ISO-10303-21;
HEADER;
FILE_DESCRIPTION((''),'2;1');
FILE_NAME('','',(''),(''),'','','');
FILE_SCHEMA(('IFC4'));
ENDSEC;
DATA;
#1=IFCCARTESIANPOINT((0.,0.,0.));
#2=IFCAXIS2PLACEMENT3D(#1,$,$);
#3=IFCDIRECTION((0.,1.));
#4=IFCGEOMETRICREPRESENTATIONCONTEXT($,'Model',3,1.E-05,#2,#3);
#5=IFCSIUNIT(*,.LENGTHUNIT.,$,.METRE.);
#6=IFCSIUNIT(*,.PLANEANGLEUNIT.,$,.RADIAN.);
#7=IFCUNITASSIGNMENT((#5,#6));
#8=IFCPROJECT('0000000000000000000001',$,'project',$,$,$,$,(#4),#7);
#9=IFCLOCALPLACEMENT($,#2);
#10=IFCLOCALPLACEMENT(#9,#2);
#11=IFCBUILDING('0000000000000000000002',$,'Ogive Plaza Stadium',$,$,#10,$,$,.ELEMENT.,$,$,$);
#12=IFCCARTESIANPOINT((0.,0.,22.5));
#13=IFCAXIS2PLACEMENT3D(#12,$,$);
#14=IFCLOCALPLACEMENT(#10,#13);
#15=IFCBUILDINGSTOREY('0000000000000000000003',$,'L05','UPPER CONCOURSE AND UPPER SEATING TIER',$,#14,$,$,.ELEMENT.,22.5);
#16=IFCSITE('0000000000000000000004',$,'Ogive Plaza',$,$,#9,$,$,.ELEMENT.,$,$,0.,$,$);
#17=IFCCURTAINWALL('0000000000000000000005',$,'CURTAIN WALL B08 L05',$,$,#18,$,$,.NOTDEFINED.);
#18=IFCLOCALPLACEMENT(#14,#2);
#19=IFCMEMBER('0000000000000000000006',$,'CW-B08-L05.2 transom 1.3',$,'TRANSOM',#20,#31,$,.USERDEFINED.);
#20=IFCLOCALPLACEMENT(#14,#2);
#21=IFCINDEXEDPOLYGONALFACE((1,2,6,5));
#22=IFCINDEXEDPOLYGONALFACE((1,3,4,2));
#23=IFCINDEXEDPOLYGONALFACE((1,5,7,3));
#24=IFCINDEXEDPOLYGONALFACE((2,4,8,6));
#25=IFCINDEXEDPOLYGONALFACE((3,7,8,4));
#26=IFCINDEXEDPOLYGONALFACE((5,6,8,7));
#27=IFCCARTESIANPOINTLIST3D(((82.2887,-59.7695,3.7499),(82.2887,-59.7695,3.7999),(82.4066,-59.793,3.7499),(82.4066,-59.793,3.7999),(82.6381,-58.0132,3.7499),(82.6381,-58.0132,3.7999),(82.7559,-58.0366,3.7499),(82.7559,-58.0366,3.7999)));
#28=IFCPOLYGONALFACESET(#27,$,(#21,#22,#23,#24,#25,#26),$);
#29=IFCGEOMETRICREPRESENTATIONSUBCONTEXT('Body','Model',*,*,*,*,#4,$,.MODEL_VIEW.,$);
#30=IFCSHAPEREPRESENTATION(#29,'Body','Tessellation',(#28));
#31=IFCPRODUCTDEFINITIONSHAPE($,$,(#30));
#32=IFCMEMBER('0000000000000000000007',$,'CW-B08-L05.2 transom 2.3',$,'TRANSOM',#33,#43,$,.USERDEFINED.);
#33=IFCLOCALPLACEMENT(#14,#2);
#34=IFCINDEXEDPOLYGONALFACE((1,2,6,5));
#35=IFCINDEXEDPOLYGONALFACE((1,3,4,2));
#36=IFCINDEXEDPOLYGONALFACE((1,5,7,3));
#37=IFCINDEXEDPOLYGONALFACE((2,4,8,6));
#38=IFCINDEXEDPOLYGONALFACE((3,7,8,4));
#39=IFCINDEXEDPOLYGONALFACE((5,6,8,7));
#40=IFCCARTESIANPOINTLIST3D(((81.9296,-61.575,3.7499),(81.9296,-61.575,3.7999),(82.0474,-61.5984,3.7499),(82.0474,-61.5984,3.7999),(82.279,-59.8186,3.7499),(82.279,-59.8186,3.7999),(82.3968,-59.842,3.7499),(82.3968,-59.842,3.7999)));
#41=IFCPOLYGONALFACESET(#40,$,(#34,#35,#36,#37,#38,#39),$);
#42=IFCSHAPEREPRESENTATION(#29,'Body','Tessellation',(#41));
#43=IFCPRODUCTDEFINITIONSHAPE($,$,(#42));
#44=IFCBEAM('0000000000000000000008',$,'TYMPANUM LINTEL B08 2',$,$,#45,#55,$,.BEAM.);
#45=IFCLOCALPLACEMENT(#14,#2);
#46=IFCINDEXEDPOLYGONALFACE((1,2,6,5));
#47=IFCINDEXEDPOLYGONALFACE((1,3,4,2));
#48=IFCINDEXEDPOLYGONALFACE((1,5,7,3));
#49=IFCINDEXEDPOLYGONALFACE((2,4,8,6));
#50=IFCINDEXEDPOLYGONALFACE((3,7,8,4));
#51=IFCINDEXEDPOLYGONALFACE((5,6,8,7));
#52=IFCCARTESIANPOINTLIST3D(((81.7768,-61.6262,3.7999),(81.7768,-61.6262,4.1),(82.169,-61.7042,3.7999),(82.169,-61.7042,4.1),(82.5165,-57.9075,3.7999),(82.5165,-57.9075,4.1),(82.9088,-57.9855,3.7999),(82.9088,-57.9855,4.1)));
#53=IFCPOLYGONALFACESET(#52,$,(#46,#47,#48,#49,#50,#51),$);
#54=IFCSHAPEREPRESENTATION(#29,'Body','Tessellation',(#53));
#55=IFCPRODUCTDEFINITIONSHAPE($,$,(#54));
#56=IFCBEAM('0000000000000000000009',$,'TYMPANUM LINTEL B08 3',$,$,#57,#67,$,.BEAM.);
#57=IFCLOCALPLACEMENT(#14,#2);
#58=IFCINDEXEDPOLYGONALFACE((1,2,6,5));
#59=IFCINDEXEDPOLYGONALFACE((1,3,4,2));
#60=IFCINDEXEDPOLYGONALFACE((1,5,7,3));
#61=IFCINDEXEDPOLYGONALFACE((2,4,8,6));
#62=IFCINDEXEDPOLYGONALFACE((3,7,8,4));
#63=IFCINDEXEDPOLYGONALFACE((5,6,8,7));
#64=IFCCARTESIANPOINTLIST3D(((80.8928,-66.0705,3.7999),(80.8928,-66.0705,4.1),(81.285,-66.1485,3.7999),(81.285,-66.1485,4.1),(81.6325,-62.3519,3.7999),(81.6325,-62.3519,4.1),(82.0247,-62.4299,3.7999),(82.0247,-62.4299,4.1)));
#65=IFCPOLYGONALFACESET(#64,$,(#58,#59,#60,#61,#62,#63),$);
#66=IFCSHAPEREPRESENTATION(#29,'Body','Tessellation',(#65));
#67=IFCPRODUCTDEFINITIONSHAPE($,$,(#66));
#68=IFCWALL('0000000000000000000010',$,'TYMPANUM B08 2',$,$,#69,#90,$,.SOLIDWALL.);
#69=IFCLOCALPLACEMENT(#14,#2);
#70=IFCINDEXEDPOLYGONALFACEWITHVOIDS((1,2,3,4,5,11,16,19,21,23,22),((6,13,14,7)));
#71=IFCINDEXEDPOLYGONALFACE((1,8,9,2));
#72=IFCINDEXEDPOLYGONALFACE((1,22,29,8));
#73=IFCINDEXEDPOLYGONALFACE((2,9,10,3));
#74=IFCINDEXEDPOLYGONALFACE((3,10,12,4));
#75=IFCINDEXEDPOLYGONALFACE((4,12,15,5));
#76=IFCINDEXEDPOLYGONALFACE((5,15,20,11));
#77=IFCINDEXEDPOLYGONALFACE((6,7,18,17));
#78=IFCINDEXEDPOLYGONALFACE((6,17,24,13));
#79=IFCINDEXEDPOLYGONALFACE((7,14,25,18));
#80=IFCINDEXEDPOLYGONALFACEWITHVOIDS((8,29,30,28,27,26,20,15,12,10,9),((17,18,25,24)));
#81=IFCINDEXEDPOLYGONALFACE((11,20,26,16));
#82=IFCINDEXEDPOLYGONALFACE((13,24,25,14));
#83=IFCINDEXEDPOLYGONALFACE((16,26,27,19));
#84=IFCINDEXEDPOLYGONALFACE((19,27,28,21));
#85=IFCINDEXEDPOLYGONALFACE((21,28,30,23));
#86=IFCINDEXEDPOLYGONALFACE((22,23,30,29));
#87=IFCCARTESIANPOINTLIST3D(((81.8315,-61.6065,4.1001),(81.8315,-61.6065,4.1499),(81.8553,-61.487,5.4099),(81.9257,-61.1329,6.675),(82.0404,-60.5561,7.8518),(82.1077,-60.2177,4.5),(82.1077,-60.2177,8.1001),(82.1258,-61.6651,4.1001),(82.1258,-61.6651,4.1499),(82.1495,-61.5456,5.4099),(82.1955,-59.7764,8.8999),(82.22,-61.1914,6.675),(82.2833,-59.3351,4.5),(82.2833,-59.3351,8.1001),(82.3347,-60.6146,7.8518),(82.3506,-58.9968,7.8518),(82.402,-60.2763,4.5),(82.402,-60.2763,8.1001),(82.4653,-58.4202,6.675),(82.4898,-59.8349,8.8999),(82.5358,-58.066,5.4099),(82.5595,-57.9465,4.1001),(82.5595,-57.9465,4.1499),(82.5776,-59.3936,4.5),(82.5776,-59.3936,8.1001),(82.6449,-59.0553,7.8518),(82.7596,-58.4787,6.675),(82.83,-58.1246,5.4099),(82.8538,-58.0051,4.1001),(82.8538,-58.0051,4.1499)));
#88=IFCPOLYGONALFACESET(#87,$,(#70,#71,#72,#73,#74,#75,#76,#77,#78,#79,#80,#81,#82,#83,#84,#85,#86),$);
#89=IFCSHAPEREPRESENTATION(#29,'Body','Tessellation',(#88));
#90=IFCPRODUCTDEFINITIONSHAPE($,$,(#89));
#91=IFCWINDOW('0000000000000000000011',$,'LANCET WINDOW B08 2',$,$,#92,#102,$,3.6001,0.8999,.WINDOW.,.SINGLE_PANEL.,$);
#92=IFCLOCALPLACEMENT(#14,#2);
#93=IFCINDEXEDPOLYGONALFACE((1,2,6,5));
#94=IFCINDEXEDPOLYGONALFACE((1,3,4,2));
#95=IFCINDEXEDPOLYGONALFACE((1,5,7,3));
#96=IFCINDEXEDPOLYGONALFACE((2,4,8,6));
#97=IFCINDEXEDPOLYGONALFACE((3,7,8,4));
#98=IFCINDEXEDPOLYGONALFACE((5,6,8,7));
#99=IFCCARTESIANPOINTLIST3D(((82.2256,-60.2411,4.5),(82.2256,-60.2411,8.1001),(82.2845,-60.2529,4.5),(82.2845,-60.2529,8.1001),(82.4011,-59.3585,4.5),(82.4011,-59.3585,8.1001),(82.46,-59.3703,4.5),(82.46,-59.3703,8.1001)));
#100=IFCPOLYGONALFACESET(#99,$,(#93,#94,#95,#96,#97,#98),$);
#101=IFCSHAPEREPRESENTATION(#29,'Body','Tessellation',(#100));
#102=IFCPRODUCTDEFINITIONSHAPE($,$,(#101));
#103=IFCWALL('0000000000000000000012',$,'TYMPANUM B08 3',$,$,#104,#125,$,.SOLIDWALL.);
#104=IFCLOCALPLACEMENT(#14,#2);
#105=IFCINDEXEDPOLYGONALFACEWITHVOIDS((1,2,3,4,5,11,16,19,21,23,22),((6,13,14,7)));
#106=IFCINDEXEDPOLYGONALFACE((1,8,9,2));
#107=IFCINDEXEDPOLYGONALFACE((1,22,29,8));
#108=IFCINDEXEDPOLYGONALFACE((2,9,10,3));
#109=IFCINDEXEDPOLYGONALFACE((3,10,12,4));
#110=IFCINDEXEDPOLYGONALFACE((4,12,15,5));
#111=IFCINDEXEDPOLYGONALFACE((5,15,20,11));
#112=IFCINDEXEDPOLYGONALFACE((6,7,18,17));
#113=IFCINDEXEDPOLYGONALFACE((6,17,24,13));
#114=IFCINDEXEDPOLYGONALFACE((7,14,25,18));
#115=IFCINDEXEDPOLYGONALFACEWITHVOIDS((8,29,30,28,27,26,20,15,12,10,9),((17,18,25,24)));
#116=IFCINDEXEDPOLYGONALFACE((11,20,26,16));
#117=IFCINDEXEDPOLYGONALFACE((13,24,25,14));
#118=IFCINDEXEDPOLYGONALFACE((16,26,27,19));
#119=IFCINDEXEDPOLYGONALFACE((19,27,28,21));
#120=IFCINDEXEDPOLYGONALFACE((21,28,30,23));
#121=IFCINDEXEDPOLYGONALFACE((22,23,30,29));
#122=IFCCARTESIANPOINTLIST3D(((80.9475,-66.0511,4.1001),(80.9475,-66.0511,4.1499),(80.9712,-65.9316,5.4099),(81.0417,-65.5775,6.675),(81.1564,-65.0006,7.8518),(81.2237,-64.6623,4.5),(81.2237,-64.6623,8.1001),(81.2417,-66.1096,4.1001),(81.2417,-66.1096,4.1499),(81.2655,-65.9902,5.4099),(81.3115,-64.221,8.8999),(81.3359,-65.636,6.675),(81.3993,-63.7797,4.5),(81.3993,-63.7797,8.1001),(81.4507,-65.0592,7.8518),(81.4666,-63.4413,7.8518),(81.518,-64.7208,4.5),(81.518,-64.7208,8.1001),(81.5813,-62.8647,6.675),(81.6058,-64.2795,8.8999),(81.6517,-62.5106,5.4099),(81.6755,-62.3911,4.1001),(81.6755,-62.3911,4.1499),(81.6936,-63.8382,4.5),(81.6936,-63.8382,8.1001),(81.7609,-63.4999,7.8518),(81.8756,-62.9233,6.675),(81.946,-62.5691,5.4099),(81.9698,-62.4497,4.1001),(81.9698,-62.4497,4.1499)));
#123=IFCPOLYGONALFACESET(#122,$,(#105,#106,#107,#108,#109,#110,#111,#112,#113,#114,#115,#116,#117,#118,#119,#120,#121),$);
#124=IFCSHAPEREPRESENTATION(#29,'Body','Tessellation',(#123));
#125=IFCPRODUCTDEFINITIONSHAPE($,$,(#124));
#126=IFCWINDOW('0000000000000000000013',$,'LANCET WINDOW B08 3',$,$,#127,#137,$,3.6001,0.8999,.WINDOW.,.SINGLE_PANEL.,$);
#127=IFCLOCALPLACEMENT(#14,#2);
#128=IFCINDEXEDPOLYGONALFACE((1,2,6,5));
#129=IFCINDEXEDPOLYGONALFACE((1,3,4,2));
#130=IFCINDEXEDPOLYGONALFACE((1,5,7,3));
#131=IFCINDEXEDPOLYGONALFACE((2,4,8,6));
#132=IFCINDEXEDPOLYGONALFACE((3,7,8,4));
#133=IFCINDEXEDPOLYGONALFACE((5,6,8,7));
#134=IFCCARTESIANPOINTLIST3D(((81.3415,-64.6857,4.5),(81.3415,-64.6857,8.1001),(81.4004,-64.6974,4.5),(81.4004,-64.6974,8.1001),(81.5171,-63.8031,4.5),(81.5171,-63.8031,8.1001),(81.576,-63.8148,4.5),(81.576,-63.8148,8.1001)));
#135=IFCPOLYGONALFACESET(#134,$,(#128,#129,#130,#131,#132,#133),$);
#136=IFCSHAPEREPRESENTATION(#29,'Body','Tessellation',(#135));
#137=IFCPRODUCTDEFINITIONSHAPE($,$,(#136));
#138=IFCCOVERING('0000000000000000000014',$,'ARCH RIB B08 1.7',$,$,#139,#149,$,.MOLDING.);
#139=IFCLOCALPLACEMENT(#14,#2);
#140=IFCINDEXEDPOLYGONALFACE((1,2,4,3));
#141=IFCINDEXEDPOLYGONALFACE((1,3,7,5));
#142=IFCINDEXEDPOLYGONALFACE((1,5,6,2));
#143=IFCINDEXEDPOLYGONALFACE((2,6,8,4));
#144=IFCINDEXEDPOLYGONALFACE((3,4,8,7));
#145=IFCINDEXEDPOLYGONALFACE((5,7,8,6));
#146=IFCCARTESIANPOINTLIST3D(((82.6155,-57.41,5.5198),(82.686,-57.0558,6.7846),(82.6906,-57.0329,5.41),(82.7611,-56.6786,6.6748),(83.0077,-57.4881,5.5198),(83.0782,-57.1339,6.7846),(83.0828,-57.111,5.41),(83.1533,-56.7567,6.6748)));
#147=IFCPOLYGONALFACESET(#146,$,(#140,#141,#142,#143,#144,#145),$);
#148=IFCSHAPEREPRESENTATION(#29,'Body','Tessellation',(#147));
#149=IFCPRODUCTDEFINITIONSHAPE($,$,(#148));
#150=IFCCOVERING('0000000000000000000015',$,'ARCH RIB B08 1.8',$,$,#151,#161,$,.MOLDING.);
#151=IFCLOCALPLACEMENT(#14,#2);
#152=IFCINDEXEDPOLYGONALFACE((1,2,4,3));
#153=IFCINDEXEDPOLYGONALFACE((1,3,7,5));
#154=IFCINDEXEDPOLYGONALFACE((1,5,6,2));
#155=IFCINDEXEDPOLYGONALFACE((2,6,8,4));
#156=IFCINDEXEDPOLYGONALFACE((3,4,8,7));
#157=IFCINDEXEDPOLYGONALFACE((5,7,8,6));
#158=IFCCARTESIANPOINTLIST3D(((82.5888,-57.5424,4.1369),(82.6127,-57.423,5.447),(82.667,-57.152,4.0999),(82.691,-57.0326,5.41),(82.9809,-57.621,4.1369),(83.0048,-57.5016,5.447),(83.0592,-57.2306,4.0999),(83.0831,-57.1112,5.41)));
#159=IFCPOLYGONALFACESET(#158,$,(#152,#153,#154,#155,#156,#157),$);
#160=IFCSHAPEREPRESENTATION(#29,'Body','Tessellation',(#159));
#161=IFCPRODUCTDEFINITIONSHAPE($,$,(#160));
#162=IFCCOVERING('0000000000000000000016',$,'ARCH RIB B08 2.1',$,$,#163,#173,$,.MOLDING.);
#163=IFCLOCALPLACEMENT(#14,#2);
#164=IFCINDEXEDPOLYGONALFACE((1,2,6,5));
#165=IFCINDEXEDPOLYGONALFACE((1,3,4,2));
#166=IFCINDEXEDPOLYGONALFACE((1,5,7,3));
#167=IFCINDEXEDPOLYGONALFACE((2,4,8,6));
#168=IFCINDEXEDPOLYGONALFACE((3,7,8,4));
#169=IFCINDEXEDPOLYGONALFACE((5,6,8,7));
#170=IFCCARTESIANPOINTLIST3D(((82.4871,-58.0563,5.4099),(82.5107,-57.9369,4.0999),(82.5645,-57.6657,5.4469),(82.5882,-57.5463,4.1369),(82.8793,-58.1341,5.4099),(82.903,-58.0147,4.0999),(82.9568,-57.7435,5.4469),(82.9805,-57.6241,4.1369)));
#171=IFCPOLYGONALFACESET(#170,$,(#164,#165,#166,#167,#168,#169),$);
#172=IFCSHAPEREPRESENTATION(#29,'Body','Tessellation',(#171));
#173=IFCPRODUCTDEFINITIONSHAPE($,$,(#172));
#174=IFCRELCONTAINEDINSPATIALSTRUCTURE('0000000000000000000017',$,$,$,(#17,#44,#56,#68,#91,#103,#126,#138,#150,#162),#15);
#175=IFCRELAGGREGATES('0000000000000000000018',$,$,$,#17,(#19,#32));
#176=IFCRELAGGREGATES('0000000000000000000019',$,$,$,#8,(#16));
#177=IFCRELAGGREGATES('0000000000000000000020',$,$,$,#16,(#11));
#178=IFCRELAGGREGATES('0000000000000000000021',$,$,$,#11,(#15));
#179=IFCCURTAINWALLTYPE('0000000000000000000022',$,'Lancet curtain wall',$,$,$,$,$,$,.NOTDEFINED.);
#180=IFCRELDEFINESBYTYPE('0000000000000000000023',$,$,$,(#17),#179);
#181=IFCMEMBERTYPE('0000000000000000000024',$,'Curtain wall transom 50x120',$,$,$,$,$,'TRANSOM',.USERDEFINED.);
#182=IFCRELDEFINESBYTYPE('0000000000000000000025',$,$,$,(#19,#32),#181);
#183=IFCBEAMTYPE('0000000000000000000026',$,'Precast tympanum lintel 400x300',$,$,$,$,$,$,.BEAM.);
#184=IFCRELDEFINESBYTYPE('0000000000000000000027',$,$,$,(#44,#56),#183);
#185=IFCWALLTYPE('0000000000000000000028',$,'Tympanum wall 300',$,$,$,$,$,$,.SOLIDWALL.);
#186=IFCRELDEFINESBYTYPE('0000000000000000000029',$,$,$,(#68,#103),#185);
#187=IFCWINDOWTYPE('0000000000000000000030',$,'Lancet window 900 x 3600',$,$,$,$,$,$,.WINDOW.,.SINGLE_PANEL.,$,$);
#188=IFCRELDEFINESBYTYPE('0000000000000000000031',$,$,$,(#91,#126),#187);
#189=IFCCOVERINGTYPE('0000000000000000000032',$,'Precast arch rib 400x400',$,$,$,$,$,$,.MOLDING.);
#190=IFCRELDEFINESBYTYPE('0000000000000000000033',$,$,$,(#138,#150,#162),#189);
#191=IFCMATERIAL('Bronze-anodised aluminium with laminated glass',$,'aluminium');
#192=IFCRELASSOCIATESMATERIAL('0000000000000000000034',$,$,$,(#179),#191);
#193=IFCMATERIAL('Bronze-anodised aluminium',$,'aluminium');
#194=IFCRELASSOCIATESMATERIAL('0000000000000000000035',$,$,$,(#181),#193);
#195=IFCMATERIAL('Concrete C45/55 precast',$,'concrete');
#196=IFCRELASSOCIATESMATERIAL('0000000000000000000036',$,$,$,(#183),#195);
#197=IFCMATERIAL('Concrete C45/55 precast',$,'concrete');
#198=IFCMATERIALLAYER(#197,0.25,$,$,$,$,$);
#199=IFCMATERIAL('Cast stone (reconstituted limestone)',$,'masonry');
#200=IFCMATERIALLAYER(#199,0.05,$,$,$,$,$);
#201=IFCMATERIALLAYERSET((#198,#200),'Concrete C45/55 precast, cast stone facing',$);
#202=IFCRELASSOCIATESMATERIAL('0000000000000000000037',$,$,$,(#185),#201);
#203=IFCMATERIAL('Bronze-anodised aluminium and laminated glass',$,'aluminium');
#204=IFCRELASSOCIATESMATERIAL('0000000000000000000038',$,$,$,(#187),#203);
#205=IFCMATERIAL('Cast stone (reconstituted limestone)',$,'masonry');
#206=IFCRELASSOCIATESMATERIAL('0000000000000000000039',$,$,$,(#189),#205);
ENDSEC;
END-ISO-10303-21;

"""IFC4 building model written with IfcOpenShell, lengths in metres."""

from ifc_helpers import new_model, si_unit, direction, frame, frame_2d, origin, origin_2d, place, context, subcontext, project, spatial, polyline, rectangle, outline, extrude, material, layer, layer_set, material_profile, profile_set, type_object, element, fill, aggregate, save


model = new_model("IFC4")

# Units and contexts
model_context = context("Model", 3, precision=1e-05, world=origin(), true_north=direction((0.0, 1.0)))
body_context = subcontext(model_context, "Body", "Model", "MODEL_VIEW")
ifc_project = project(units=[si_unit("LENGTHUNIT", "METRE"), si_unit("PLANEANGLEUNIT", "RADIAN")], contexts=[model_context])

# Site, building, storey
site_placement = place(None, origin())
site = spatial("IfcSite", under=ifc_project, at=site_placement, Name="Ogive Plaza", CompositionType="ELEMENT", RefElevation=0.0)
building_placement = place(site_placement, origin())
building = spatial("IfcBuilding", under=site, at=building_placement, Name="Ogive Plaza Stadium", CompositionType="ELEMENT")
storey_placement = place(building_placement, frame((0.0, 0.0, 22.5)))
storey = spatial("IfcBuildingStorey", under=building, at=storey_placement, Name="L05", Description="UPPER CONCOURSE AND UPPER SEATING TIER", CompositionType="ELEMENT", Elevation=22.5)

# Curtain wall, members
ifc_material_1 = material(Name="Bronze-anodised aluminium with laminated glass", Category="aluminium")
curtain_wall_type = type_object("IfcCurtainWallType", Name="Lancet curtain wall", PredefinedType="NOTDEFINED", material=ifc_material_1)
curtain_wall_placement = place(storey_placement, origin())
curtain_wall = element("IfcCurtainWall", 1, at=curtain_wall_placement, inside=storey, type_object=curtain_wall_type, Name="CURTAIN WALL B08 L05", PredefinedType="NOTDEFINED")
ifc_material_2 = material(Name="Bronze-anodised aluminium", Category="aluminium")
ifc_material_profile_1 = material_profile(ifc_material_2, rectangle(XDim=0.1201, YDim=0.05, at=origin_2d()), Name="AL 120x50")
ifc_profile_set_1 = profile_set([ifc_material_profile_1], Name="Bronze-anodised aluminium")
member_type = type_object("IfcMemberType", Name="Curtain wall transom 50x120", ElementType="TRANSOM", PredefinedType="USERDEFINED", material=ifc_profile_set_1)
member_1_placement = place(storey_placement, frame((82.697, -58.0249, 3.7749), z_axis=(-0.195094, -0.980785, 0.0), x_axis=(0.980785, -0.195094, 0.0)))
member_1 = element("IfcMember", 2, at=member_1_placement, type_object=member_type, Name="CW-B08-L05.2 transom 1.3", ObjectType="TRANSOM", PredefinedType="USERDEFINED", context=body_context, shape_type="SweptSolid", body=[
    extrude(rectangle(XDim=0.1201, YDim=0.05, at=origin_2d()), origin(), (0.0, 0.0, 1.0), 1.7908),
])
member_2_placement = place(storey_placement, frame((82.3379, -59.8303, 3.7749), z_axis=(-0.195094, -0.980785, 0.0), x_axis=(0.980785, -0.195094, 0.0)))
member_2 = element("IfcMember", 3, at=member_2_placement, type_object=member_type, Name="CW-B08-L05.2 transom 2.3", ObjectType="TRANSOM", PredefinedType="USERDEFINED", context=body_context, shape_type="SweptSolid", body=[
    extrude(rectangle(XDim=0.1201, YDim=0.05, at=origin_2d()), origin(), (0.0, 0.0, 1.0), 1.7908),
])
aggregate(curtain_wall, [member_1, member_2])

# Beams
ifc_material_3 = material(Name="Concrete C45/55 precast", Category="concrete")
ifc_material_profile_2 = material_profile(ifc_material_3, rectangle(XDim=0.3999, YDim=0.3, at=origin_2d()), Name="RC 400x300")
ifc_profile_set_2 = profile_set([ifc_material_profile_2], Name="Concrete C45/55 precast")
beam_type = type_object("IfcBeamType", Name="Precast tympanum lintel 400x300", PredefinedType="BEAM", material=ifc_profile_set_2)
for number, where, z_axis, x_axis, name in (
    (4, (82.7126, -57.9465, 3.95), (-0.195101, -0.980783, 0.0), (0.980783, -0.195101, 0.0), "TYMPANUM LINTEL B08 2"),
    (5, (81.8286, -62.3909, 3.95), (-0.195101, -0.980783, 0.0), (0.980783, -0.195101, 0.0), "TYMPANUM LINTEL B08 3"),
):
    element("IfcBeam", number, at=place(storey_placement, frame(where, z_axis=z_axis, x_axis=x_axis)), inside=storey, type_object=beam_type, Name=name, PredefinedType="BEAM", context=body_context, shape_type="SweptSolid", body=[
        extrude(rectangle(XDim=0.3999, YDim=0.3, at=origin_2d()), origin(), (0.0, 0.0, 1.0), 3.7915),
    ])

# Walls, openings, windows
ifc_material_4 = material(Name="Concrete C45/55 precast", Category="concrete")
ifc_layer_1 = layer(ifc_material_4, 0.25)
ifc_material_5 = material(Name="Cast stone (reconstituted limestone)", Category="masonry")
ifc_layer_2 = layer(ifc_material_5, 0.05)
ifc_layer_set_1 = layer_set([ifc_layer_1, ifc_layer_2], Name="Concrete C45/55 precast, cast stone facing")
wall_type = type_object("IfcWallType", Name="Tympanum wall 300", PredefinedType="SOLIDWALL", material=ifc_layer_set_1)
wall_1_placement = place(storey_placement, frame((82.7068, -57.9758, 4.1001), z_axis=(0.0, 0.0, 1.0), x_axis=(-0.195097, -0.980784, 0.0)))
wall_1 = element("IfcWall", 6, at=wall_1_placement, inside=storey, type_object=wall_type, Name="TYMPANUM B08 2", PredefinedType="SOLIDWALL", context=body_context, shape_type="SweptSolid", body=[
    extrude(outline(polyline([(0.0, 0.0), (3.7317, 0.0), (3.7317, 0.0498), (3.6099, 1.3098), (3.2488, 2.575), (2.6606, 3.7517), (1.8657, 4.7998), (1.0708, 3.7517), (0.4829, 2.575), (0.1218, 1.3098), (0.0, 0.0498), (0.0, 0.0)])), frame((0.0, 0.1499, 0.0), z_axis=(0.0, -1.0, 0.0), x_axis=(1.0, 0.0, 0.0)), (0.0, 0.0, 1.0), 0.3),
])
opening_1_placement = place(wall_1_placement, frame((1.4158, 0.0, 0.3999)))
opening_1 = element("IfcOpeningElement", 7, at=opening_1_placement, cuts=wall_1, PredefinedType="OPENING", context=body_context, shape_type="SweptSolid", body=[
    extrude(rectangle(XDim=0.8999, YDim=3.6001, at=frame_2d((0.45, 1.8))), frame((0.0, 0.1602, 0.0), z_axis=(0.0, -1.0, 0.0), x_axis=(1.0, 0.0, 0.0)), (0.0, 0.0, 1.0), 0.3201),
])
ifc_material_6 = material(Name="Bronze-anodised aluminium and laminated glass", Category="aluminium")
window_type = type_object("IfcWindowType", Name="Lancet window 900 x 3600", PartitioningType="SINGLE_PANEL", PredefinedType="WINDOW", material=ifc_material_6)
window_1_placement = place(opening_1_placement, origin())
window_1 = element("IfcWindow", 8, at=window_1_placement, inside=storey, type_object=window_type, Name="LANCET WINDOW B08 2", OverallHeight=3.6001, OverallWidth=0.8999, PartitioningType="SINGLE_PANEL", PredefinedType="WINDOW", context=body_context, shape_type="SweptSolid", body=[
    extrude(rectangle(XDim=0.8999, YDim=3.6001, at=frame_2d((0.45, 1.8))), frame((0.0, 0.03, 0.0), z_axis=(0.0, -1.0, 0.0), x_axis=(1.0, 0.0, 0.0)), (0.0, 0.0, 1.0), 0.0601),
])
fill(opening_1, window_1)
wall_2_placement = place(storey_placement, frame((81.8228, -62.4204, 4.1001), z_axis=(0.0, 0.0, 1.0), x_axis=(-0.195097, -0.980784, 0.0)))
wall_2 = element("IfcWall", 9, at=wall_2_placement, inside=storey, type_object=wall_type, Name="TYMPANUM B08 3", PredefinedType="SOLIDWALL", context=body_context, shape_type="SweptSolid", body=[
    extrude(outline(polyline([(0.0, 0.0), (3.7317, 0.0), (3.7317, 0.0498), (3.6099, 1.3098), (3.2488, 2.575), (2.6606, 3.7517), (1.8657, 4.7998), (1.0708, 3.7517), (0.4829, 2.575), (0.1218, 1.3098), (0.0, 0.0498), (0.0, 0.0)])), frame((0.0, 0.1499, 0.0), z_axis=(0.0, -1.0, 0.0), x_axis=(1.0, 0.0, 0.0)), (0.0, 0.0, 1.0), 0.3),
])
opening_2_placement = place(wall_2_placement, frame((1.4158, 0.0, 0.3999)))
opening_2 = element("IfcOpeningElement", 10, at=opening_2_placement, cuts=wall_2, PredefinedType="OPENING", context=body_context, shape_type="SweptSolid", body=[
    extrude(rectangle(XDim=0.8999, YDim=3.6001, at=frame_2d((0.45, 1.8))), frame((0.0, 0.1602, 0.0), z_axis=(0.0, -1.0, 0.0), x_axis=(1.0, 0.0, 0.0)), (0.0, 0.0, 1.0), 0.3201),
])
window_2_placement = place(opening_2_placement, origin())
window_2 = element("IfcWindow", 11, at=window_2_placement, inside=storey, type_object=window_type, Name="LANCET WINDOW B08 3", OverallHeight=3.6001, OverallWidth=0.8999, PartitioningType="SINGLE_PANEL", PredefinedType="WINDOW", context=body_context, shape_type="SweptSolid", body=[
    extrude(rectangle(XDim=0.8999, YDim=3.6001, at=frame_2d((0.45, 1.8))), frame((0.0, 0.03, 0.0), z_axis=(0.0, -1.0, 0.0), x_axis=(1.0, 0.0, 0.0)), (0.0, 0.0, 1.0), 0.0601),
])
fill(opening_2, window_2)

# Coverings
ifc_material_7 = material(Name="Cast stone (reconstituted limestone)", Category="masonry")
ifc_material_profile_3 = material_profile(ifc_material_7, rectangle(XDim=0.3999, YDim=0.3999, at=origin_2d()), Name="Cast stone 400x400")
ifc_profile_set_3 = profile_set([ifc_material_profile_3], Name="Cast stone (reconstituted limestone)")
covering_type_1 = type_object("IfcCoveringType", Name="Precast arch rib 400x400", PredefinedType="MOLDING", material=ifc_profile_set_3)
covering_1_placement = place(storey_placement, frame((82.9197, -56.9062, 6.7297), z_axis=(-0.053637, -0.269297, -0.961562), x_axis=(0.980736, -0.195336, 0.0)))
element("IfcCovering", 12, at=covering_1_placement, inside=storey, type_object=covering_type_1, Name="ARCH RIB B08 1.7", PredefinedType="MOLDING", context=body_context, shape_type="SweptSolid", body=[
    extrude(rectangle(XDim=0.3999, YDim=0.3999, at=origin_2d()), origin(), (0.0, 0.0, 1.0), 1.3154),
])
for number, where, z_axis, x_axis, name in (
    (13, (82.8479, -57.2671, 5.4285), (-0.018185, -0.090738, -0.995709), (0.980503, -0.196502, 0.0), "ARCH RIB B08 1.8"),
    (14, (82.7456, -57.7805, 4.1184), (-0.017999, -0.090739, 0.995712), (0.980888, -0.194573, 0.0), "ARCH RIB B08 2.1"),
):
    element("IfcCovering", number, at=place(storey_placement, frame(where, z_axis=z_axis, x_axis=x_axis)), inside=storey, type_object=covering_type_1, Name=name, PredefinedType="MOLDING", context=body_context, shape_type="SweptSolid", body=[
        extrude(rectangle(XDim=0.3999, YDim=0.3999, at=origin_2d()), origin(), (0.0, 0.0, 1.0), 1.3157),
    ])

save(model, "model.ifc")
